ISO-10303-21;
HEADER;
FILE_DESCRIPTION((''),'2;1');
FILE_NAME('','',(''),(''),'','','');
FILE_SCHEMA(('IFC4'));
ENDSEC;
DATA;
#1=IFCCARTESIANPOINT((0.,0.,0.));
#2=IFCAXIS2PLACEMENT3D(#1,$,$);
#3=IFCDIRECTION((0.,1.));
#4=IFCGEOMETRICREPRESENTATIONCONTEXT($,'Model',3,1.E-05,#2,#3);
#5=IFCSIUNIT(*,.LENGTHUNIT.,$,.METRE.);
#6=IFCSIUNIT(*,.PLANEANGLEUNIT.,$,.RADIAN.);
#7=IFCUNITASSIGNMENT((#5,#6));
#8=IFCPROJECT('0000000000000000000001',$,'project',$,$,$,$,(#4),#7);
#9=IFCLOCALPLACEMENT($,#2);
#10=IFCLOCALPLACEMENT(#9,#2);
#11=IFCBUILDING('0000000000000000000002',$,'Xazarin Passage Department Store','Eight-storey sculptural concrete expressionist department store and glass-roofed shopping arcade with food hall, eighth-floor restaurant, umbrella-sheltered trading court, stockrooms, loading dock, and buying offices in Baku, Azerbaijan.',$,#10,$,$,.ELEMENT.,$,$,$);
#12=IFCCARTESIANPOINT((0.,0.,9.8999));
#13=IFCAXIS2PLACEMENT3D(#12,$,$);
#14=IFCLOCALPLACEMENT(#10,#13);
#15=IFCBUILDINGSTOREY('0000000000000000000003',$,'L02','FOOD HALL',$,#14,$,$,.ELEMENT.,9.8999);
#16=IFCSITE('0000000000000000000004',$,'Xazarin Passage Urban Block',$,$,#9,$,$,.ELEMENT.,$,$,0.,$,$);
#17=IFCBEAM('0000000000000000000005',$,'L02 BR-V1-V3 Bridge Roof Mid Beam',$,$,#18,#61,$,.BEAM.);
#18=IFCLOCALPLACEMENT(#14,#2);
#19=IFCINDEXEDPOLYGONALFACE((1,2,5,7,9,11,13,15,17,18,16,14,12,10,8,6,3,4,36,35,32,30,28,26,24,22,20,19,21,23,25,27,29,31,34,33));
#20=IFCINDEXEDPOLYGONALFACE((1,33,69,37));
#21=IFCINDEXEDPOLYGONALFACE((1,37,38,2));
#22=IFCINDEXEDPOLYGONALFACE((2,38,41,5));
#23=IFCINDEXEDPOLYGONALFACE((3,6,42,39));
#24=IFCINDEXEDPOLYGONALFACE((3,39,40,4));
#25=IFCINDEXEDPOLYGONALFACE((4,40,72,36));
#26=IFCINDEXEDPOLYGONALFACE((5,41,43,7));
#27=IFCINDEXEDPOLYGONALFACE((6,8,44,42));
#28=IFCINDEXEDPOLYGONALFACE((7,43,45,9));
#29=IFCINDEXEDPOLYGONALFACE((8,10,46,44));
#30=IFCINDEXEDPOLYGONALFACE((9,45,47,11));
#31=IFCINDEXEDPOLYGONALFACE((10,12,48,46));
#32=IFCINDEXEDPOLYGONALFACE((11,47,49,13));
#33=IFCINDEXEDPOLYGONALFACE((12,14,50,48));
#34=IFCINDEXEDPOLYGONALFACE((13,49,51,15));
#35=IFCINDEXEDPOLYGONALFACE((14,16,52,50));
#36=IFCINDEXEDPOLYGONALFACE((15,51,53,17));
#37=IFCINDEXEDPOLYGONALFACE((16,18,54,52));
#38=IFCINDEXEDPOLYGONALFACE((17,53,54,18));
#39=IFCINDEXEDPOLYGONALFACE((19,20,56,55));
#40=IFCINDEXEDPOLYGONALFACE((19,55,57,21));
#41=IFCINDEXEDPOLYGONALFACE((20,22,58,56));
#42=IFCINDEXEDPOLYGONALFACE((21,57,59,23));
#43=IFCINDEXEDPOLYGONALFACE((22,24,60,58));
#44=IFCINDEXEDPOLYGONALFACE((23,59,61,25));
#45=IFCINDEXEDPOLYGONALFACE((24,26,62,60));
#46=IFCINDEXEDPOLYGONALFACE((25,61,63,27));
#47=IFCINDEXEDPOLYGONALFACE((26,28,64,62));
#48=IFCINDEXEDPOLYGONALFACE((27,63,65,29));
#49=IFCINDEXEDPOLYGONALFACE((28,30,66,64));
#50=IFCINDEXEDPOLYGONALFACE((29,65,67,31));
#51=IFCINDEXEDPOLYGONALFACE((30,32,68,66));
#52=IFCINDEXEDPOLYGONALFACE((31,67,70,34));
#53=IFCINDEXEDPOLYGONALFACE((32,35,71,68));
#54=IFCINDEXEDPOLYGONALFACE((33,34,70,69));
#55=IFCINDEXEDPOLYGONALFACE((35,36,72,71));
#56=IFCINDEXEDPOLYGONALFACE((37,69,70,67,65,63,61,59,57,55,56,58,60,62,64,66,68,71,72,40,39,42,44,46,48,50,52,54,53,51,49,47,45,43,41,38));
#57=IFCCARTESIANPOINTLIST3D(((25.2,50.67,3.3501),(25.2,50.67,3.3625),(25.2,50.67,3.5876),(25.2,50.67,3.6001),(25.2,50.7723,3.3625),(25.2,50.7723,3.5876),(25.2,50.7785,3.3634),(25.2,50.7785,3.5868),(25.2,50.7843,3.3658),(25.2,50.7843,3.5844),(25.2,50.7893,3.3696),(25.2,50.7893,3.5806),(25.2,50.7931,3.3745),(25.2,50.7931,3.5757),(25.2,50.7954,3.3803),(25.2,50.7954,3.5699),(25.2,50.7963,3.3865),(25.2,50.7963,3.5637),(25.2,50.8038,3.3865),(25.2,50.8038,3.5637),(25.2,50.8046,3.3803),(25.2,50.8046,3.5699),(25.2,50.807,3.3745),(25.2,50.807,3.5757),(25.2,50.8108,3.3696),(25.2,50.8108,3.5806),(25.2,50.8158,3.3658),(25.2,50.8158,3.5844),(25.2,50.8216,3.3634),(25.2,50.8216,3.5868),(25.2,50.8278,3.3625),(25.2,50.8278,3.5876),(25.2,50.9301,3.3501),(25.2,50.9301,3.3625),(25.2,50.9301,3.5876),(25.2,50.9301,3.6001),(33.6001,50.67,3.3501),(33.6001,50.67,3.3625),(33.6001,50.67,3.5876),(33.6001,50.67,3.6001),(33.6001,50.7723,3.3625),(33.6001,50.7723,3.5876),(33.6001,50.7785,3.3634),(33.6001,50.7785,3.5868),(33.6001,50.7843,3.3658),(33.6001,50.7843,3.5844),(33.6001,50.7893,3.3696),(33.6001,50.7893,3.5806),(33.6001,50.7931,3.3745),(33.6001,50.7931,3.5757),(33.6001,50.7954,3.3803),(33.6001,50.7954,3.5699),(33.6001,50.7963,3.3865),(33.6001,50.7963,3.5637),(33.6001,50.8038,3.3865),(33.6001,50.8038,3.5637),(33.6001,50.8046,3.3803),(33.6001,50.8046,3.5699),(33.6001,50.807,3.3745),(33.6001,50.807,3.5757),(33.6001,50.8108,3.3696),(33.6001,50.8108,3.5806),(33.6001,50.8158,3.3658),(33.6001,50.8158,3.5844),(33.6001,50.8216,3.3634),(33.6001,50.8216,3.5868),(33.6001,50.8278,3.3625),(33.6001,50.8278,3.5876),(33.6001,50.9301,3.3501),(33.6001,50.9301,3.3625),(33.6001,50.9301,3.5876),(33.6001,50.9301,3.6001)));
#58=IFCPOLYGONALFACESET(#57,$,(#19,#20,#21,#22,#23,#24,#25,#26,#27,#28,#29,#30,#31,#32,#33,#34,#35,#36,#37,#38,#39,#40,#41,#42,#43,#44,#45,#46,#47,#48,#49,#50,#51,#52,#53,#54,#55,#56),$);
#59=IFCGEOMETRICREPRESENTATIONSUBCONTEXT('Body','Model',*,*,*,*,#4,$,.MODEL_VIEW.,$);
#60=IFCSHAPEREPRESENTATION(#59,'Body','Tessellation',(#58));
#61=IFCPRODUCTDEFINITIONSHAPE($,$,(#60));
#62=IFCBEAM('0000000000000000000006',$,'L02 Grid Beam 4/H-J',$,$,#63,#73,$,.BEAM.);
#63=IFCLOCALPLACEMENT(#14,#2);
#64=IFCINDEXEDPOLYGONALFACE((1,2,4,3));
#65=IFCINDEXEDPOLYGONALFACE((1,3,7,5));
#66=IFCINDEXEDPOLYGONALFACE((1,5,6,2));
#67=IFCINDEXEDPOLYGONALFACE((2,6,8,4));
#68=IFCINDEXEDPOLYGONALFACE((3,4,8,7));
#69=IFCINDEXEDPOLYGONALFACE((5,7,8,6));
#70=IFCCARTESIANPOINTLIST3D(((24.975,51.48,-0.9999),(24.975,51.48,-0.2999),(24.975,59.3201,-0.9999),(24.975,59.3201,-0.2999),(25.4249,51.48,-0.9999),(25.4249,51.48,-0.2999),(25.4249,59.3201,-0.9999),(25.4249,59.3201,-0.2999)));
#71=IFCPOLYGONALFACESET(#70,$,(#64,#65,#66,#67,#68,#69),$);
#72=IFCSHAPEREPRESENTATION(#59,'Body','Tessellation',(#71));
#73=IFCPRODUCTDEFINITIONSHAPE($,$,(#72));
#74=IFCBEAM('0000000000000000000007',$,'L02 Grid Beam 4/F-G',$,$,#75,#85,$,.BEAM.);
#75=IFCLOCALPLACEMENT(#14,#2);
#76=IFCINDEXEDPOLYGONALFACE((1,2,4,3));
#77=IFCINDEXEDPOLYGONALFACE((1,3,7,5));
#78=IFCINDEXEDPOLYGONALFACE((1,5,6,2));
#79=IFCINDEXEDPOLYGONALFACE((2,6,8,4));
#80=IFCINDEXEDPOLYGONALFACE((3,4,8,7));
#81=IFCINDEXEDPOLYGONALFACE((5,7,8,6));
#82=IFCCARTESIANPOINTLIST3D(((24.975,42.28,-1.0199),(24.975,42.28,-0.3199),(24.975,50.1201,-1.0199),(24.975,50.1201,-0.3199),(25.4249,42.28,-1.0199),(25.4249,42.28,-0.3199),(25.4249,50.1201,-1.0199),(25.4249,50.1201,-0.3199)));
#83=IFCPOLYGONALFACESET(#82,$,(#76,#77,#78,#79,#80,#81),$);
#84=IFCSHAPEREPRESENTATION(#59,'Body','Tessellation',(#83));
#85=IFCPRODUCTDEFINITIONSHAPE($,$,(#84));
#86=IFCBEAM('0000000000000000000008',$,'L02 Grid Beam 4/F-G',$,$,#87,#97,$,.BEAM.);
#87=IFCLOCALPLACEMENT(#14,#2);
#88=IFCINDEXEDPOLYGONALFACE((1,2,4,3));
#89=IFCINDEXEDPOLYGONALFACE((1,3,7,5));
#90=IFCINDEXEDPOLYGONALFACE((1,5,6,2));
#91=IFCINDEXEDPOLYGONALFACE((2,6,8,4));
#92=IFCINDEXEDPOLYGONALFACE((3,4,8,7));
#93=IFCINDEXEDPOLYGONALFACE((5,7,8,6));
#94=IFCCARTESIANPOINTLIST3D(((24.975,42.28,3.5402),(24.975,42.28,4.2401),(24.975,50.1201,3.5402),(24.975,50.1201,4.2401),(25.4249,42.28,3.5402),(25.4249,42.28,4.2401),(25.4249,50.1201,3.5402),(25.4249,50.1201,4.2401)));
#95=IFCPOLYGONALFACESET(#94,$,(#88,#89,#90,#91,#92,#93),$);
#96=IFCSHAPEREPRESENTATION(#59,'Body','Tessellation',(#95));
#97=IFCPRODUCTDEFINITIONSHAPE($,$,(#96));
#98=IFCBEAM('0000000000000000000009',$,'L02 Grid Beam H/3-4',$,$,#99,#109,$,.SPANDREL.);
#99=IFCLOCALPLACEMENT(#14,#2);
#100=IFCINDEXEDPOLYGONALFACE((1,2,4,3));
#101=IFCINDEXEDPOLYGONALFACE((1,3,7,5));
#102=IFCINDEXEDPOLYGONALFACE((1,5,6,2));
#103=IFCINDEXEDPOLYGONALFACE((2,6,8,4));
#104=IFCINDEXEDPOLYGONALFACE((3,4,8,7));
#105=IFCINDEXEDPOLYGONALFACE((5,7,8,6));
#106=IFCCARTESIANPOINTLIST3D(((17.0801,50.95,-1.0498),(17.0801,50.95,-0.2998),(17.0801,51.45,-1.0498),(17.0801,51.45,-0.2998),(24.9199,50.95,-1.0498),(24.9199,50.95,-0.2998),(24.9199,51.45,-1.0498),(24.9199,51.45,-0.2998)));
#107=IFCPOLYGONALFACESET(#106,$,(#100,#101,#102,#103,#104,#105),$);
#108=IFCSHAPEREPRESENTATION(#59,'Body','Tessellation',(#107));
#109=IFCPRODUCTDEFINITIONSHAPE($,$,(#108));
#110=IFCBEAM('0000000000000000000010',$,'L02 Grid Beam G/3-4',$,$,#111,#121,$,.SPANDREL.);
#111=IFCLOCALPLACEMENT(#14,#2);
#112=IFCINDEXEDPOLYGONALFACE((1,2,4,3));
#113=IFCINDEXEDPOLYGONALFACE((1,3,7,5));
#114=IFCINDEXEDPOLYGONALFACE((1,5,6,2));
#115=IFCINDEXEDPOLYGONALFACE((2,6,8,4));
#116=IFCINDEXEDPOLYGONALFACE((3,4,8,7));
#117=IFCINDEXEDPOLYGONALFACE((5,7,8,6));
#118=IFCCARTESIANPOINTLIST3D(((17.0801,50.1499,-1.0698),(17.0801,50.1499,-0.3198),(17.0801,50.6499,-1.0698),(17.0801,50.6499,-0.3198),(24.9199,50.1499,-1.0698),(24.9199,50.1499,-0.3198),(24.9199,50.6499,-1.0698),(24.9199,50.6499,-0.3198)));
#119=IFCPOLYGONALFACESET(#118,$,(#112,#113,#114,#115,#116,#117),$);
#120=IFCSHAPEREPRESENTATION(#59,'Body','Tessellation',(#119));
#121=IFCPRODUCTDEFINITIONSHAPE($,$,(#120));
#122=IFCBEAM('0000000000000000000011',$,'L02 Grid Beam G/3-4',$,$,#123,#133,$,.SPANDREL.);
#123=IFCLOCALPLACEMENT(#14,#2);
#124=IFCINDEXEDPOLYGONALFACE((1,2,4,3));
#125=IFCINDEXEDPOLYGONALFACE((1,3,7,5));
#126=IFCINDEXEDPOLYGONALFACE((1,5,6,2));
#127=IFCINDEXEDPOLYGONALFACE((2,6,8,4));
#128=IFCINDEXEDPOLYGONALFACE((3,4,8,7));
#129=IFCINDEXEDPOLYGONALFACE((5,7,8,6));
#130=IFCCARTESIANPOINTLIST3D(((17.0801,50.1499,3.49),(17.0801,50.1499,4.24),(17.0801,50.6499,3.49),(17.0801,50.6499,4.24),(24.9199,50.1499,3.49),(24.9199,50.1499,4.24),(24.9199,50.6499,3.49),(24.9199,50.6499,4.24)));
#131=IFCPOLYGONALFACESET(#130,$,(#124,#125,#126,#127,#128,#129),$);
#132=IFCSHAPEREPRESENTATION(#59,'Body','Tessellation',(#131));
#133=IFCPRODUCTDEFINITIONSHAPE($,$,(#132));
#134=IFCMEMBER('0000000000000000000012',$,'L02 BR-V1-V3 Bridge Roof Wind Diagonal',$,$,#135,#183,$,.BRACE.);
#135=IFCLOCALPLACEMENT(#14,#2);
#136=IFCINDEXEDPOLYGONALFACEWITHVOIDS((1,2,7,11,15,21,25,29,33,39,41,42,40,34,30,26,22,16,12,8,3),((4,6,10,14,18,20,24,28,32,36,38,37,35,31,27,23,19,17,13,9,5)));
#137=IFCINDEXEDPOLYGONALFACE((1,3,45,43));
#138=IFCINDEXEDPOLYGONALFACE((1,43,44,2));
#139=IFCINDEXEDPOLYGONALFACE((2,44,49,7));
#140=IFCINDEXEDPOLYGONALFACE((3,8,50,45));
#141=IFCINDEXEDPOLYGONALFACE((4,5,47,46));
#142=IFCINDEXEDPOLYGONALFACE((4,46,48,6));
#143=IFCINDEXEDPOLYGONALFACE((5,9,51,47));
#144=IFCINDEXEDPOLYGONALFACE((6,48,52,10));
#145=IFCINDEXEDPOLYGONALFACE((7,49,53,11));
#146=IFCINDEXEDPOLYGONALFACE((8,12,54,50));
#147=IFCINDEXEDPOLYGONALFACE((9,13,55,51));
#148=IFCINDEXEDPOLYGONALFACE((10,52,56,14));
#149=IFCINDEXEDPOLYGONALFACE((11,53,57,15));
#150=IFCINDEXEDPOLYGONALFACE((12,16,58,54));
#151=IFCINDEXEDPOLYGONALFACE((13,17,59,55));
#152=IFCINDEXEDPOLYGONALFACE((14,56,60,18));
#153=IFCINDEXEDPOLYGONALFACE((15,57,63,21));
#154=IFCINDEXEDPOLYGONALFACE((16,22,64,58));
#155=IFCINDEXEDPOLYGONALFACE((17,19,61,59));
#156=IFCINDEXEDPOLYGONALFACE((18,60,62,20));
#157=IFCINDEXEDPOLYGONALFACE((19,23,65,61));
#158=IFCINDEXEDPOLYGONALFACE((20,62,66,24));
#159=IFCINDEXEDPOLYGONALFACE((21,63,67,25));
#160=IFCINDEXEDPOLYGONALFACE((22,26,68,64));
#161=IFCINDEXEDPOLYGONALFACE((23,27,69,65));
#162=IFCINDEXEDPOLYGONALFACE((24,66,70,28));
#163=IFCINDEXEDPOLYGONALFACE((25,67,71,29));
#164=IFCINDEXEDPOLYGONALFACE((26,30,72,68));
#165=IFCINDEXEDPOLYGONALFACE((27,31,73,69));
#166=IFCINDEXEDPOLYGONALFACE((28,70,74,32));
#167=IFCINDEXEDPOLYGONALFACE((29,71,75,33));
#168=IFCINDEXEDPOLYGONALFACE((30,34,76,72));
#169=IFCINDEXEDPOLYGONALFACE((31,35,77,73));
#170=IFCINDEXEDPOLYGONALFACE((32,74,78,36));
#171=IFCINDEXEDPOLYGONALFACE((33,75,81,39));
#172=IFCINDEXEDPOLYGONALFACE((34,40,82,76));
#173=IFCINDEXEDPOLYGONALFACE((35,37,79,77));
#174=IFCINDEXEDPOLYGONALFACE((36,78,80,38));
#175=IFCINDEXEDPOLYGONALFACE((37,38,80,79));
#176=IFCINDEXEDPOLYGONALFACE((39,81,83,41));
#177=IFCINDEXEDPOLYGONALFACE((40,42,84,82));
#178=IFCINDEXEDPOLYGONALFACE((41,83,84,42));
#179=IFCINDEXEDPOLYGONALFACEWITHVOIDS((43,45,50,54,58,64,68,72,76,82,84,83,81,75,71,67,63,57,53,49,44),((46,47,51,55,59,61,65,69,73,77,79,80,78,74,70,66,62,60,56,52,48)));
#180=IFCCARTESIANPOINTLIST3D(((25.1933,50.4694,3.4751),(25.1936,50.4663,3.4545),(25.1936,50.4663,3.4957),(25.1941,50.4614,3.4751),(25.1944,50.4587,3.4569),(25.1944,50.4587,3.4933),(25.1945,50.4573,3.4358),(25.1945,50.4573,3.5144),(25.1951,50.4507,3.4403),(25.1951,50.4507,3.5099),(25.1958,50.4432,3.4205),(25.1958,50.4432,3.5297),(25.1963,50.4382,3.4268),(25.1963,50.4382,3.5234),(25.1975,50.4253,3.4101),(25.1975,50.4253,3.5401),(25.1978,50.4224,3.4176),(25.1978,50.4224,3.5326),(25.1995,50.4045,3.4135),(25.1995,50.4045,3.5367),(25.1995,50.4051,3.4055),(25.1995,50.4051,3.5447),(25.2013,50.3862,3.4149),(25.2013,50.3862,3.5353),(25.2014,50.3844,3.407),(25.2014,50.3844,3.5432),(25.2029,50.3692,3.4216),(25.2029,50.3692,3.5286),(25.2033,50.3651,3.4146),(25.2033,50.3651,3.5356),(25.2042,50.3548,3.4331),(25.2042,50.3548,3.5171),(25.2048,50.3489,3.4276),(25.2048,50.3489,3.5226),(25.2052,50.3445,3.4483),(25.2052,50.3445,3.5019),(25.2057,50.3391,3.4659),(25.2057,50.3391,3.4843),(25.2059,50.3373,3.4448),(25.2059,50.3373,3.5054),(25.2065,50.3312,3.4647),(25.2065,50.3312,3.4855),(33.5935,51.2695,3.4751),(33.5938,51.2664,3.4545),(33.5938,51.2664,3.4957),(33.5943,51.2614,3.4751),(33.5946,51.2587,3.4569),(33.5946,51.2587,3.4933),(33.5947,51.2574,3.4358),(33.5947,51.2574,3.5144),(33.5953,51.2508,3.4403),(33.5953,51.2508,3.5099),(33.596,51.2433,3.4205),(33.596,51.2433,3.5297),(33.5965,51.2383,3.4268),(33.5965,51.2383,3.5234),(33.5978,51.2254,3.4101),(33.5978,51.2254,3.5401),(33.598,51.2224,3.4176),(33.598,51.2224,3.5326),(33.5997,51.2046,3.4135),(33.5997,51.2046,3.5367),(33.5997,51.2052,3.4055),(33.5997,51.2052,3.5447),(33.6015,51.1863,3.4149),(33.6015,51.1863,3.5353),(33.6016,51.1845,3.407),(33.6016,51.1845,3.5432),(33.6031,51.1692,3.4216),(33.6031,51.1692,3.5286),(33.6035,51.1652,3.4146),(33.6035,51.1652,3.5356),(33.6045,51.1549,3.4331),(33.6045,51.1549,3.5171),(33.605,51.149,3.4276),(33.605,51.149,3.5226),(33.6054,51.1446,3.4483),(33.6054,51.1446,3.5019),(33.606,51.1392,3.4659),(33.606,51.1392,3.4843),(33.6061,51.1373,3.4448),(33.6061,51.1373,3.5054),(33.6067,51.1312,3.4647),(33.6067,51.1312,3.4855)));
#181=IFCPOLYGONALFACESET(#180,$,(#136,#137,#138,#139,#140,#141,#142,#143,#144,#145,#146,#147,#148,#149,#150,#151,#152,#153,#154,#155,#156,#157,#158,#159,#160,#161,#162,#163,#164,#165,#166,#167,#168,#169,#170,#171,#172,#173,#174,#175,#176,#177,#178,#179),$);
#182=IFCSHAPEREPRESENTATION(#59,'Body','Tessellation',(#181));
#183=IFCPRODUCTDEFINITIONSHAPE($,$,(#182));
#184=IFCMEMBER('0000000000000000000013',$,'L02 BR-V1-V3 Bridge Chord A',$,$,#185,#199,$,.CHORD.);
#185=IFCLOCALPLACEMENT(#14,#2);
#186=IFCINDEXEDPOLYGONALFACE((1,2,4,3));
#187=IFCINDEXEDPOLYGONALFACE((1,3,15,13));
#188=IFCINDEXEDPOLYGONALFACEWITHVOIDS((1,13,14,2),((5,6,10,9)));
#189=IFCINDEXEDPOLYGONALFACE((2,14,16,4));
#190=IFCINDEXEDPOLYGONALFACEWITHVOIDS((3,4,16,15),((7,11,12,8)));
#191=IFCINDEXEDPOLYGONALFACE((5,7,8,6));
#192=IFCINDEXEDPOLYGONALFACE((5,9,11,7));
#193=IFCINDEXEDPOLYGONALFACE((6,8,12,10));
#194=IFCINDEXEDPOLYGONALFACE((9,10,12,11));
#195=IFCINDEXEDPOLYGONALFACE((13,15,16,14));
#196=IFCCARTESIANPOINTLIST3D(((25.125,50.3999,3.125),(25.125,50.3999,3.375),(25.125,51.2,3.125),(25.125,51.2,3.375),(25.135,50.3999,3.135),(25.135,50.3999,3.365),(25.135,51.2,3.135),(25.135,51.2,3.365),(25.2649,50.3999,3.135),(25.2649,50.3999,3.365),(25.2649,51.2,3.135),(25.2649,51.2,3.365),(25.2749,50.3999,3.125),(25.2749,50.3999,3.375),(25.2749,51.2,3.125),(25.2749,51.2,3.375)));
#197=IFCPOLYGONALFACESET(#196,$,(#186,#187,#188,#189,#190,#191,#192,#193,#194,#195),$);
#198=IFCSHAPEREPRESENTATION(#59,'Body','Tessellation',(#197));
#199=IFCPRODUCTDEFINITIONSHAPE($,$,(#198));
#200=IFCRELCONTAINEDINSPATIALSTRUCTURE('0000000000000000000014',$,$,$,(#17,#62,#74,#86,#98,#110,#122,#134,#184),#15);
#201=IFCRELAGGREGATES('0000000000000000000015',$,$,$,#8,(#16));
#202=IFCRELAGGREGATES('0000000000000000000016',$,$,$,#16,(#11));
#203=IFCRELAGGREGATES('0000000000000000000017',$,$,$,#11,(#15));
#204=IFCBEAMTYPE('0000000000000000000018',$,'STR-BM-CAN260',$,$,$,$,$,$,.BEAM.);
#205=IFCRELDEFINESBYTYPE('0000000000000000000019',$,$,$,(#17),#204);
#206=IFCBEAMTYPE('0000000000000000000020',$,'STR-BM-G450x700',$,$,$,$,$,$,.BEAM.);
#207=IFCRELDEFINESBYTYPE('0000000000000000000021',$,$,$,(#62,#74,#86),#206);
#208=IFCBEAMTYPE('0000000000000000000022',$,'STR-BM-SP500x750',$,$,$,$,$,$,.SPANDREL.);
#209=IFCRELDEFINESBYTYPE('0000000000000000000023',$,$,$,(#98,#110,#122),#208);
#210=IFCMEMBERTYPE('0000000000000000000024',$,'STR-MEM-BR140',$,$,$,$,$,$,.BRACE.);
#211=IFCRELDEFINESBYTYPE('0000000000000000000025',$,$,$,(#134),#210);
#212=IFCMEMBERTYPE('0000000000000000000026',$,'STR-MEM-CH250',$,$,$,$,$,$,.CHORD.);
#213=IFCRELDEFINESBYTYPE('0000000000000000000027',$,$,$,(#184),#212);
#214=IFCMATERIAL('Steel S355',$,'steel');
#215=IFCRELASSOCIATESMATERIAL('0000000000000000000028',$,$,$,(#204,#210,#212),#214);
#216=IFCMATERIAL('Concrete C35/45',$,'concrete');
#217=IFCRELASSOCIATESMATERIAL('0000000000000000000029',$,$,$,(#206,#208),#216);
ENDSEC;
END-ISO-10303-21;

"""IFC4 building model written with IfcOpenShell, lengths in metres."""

from ifc_helpers import new_model, si_unit, direction, frame, origin, origin_2d, place, context, subcontext, project, spatial, rectangle, hollow_rectangle, hollow_circle, i_section, extrude, material, material_profile, profile_set, type_object, element, save


model = new_model("IFC4")

# Units and contexts
model_context = context("Model", 3, precision=1e-05, world=origin(), true_north=direction((0.0, 1.0)))
body_context = subcontext(model_context, "Body", "Model", "MODEL_VIEW")
ifc_project = project(units=[si_unit("LENGTHUNIT", "METRE"), si_unit("PLANEANGLEUNIT", "RADIAN")], contexts=[model_context])

# Site, building, storey
site_placement = place(None, origin())
site = spatial("IfcSite", under=ifc_project, at=site_placement, Name="Xazarin Passage Urban Block", CompositionType="ELEMENT", RefElevation=0.0)
building_placement = place(site_placement, origin())
building = spatial("IfcBuilding", under=site, at=building_placement, Name="Xazarin Passage Department Store", Description="Eight-storey sculptural concrete expressionist department store and glass-roofed shopping arcade with food hall, eighth-floor restaurant, umbrella-sheltered trading court, stockrooms, loading dock, and buying offices in Baku, Azerbaijan.", CompositionType="ELEMENT")
storey_placement = place(building_placement, frame((0.0, 0.0, 9.8999)))
storey = spatial("IfcBuildingStorey", under=building, at=storey_placement, Name="L02", Description="FOOD HALL", CompositionType="ELEMENT", Elevation=9.8999)

# Beams
ifc_material_1 = material(Name="Steel S355", Category="steel")
ifc_material_profile_1 = material_profile(ifc_material_1, i_section(OverallWidth=0.26, OverallDepth=0.25, WebThickness=0.0076, FlangeThickness=0.0125, FilletRadius=0.0239, at=origin_2d()), Name="HEA 260")
ifc_profile_set_1 = profile_set([ifc_material_profile_1], Name="Steel S355")
beam_type_1 = type_object("IfcBeamType", Name="STR-BM-CAN260", PredefinedType="BEAM", material=ifc_profile_set_1)
beam_1_placement = place(storey_placement, frame((25.2, 50.8, 3.4751), z_axis=(1.0, 0.0, 0.0), x_axis=(0.0, 1.0, 0.0)))
element("IfcBeam", 1, at=beam_1_placement, inside=storey, type_object=beam_type_1, Name="L02 BR-V1-V3 Bridge Roof Mid Beam", PredefinedType="BEAM", context=body_context, shape_type="SweptSolid", body=[
    extrude(i_section(OverallWidth=0.26, OverallDepth=0.25, WebThickness=0.0076, FlangeThickness=0.0125, FilletRadius=0.0239, at=origin_2d()), origin(), (0.0, 0.0, 1.0), 8.4001),
])
ifc_material_2 = material(Name="Concrete C35/45", Category="concrete")
ifc_material_profile_2 = material_profile(ifc_material_2, rectangle(XDim=0.45, YDim=0.7, at=origin_2d()), Name="RC 450x700")
ifc_profile_set_2 = profile_set([ifc_material_profile_2], Name="Concrete C35/45")
beam_type_2 = type_object("IfcBeamType", Name="STR-BM-G450x700", PredefinedType="BEAM", material=ifc_profile_set_2)
for number, where, z_axis, x_axis, name in (
    (2, (25.2, 51.48, -0.6499), (0.0, 1.0, 0.0), (-1.0, 0.0, 0.0), "L02 Grid Beam 4/H-J"),
    (3, (25.2, 42.28, -0.6699), (0.0, 1.0, 0.0), (-1.0, 0.0, 0.0), "L02 Grid Beam 4/F-G"),
    (4, (25.2, 42.28, 3.8901), (0.0, 1.0, 0.0), (-1.0, 0.0, 0.0), "L02 Grid Beam 4/F-G"),
):
    element("IfcBeam", number, at=place(storey_placement, frame(where, z_axis=z_axis, x_axis=x_axis)), inside=storey, type_object=beam_type_2, Name=name, PredefinedType="BEAM", context=body_context, shape_type="SweptSolid", body=[
        extrude(rectangle(XDim=0.45, YDim=0.7, at=origin_2d()), origin(), (0.0, 0.0, 1.0), 7.8401),
    ])
ifc_material_profile_3 = material_profile(ifc_material_2, rectangle(XDim=0.5, YDim=0.75, at=origin_2d()), Name="RC 500x750")
ifc_profile_set_3 = profile_set([ifc_material_profile_3], Name="Concrete C35/45")
beam_type_3 = type_object("IfcBeamType", Name="STR-BM-SP500x750", PredefinedType="SPANDREL", material=ifc_profile_set_3)
for number, where, z_axis, x_axis, name in (
    (5, (17.0801, 51.2, -0.6748), (1.0, 0.0, 0.0), (0.0, 1.0, 0.0), "L02 Grid Beam H/3-4"),
    (6, (17.0801, 50.3999, -0.6948), (1.0, 0.0, 0.0), (0.0, 1.0, 0.0), "L02 Grid Beam G/3-4"),
    (7, (17.0801, 50.3999, 3.865), (1.0, 0.0, 0.0), (0.0, 1.0, 0.0), "L02 Grid Beam G/3-4"),
):
    element("IfcBeam", number, at=place(storey_placement, frame(where, z_axis=z_axis, x_axis=x_axis)), inside=storey, type_object=beam_type_3, Name=name, PredefinedType="SPANDREL", context=body_context, shape_type="SweptSolid", body=[
        extrude(rectangle(XDim=0.5, YDim=0.75, at=origin_2d()), origin(), (0.0, 0.0, 1.0), 7.8398),
    ])

# Members
ifc_material_profile_4 = material_profile(ifc_material_1, hollow_circle(Radius=0.0698, WallThickness=0.0081, at=origin_2d()), Name="CHS 139.7x8")
ifc_profile_set_4 = profile_set([ifc_material_profile_4], Name="Steel S355")
member_type_1 = type_object("IfcMemberType", Name="STR-MEM-BR140", PredefinedType="BRACE", material=ifc_profile_set_4)
member_1_placement = place(storey_placement, frame((25.2, 50.3999, 3.4751), z_axis=(0.995495, 0.094813, 0.0), x_axis=(-0.094813, 0.995495, 0.0)))
element("IfcMember", 8, at=member_1_placement, inside=storey, type_object=member_type_1, Name="L02 BR-V1-V3 Bridge Roof Wind Diagonal", PredefinedType="BRACE", context=body_context, shape_type="SweptSolid", body=[
    extrude(hollow_circle(Radius=0.0698, WallThickness=0.0081, at=origin_2d()), origin(), (0.0, 0.0, 1.0), 8.4382),
])
ifc_material_profile_5 = material_profile(ifc_material_1, hollow_rectangle(XDim=0.1499, YDim=0.25, WallThickness=0.01, at=origin_2d()), Name="RHS 250x150x10")
ifc_profile_set_5 = profile_set([ifc_material_profile_5], Name="Steel S355")
member_type_2 = type_object("IfcMemberType", Name="STR-MEM-CH250", PredefinedType="CHORD", material=ifc_profile_set_5)
member_2_placement = place(storey_placement, frame((25.2, 50.3999, 3.25), z_axis=(0.0, 1.0, 0.0), x_axis=(-1.0, 0.0, 0.0)))
element("IfcMember", 9, at=member_2_placement, inside=storey, type_object=member_type_2, Name="L02 BR-V1-V3 Bridge Chord A", PredefinedType="CHORD", context=body_context, shape_type="SweptSolid", body=[
    extrude(hollow_rectangle(XDim=0.1499, YDim=0.25, WallThickness=0.01, at=origin_2d()), origin(), (0.0, 0.0, 1.0), 0.8),
])

save(model, "model.ifc")
